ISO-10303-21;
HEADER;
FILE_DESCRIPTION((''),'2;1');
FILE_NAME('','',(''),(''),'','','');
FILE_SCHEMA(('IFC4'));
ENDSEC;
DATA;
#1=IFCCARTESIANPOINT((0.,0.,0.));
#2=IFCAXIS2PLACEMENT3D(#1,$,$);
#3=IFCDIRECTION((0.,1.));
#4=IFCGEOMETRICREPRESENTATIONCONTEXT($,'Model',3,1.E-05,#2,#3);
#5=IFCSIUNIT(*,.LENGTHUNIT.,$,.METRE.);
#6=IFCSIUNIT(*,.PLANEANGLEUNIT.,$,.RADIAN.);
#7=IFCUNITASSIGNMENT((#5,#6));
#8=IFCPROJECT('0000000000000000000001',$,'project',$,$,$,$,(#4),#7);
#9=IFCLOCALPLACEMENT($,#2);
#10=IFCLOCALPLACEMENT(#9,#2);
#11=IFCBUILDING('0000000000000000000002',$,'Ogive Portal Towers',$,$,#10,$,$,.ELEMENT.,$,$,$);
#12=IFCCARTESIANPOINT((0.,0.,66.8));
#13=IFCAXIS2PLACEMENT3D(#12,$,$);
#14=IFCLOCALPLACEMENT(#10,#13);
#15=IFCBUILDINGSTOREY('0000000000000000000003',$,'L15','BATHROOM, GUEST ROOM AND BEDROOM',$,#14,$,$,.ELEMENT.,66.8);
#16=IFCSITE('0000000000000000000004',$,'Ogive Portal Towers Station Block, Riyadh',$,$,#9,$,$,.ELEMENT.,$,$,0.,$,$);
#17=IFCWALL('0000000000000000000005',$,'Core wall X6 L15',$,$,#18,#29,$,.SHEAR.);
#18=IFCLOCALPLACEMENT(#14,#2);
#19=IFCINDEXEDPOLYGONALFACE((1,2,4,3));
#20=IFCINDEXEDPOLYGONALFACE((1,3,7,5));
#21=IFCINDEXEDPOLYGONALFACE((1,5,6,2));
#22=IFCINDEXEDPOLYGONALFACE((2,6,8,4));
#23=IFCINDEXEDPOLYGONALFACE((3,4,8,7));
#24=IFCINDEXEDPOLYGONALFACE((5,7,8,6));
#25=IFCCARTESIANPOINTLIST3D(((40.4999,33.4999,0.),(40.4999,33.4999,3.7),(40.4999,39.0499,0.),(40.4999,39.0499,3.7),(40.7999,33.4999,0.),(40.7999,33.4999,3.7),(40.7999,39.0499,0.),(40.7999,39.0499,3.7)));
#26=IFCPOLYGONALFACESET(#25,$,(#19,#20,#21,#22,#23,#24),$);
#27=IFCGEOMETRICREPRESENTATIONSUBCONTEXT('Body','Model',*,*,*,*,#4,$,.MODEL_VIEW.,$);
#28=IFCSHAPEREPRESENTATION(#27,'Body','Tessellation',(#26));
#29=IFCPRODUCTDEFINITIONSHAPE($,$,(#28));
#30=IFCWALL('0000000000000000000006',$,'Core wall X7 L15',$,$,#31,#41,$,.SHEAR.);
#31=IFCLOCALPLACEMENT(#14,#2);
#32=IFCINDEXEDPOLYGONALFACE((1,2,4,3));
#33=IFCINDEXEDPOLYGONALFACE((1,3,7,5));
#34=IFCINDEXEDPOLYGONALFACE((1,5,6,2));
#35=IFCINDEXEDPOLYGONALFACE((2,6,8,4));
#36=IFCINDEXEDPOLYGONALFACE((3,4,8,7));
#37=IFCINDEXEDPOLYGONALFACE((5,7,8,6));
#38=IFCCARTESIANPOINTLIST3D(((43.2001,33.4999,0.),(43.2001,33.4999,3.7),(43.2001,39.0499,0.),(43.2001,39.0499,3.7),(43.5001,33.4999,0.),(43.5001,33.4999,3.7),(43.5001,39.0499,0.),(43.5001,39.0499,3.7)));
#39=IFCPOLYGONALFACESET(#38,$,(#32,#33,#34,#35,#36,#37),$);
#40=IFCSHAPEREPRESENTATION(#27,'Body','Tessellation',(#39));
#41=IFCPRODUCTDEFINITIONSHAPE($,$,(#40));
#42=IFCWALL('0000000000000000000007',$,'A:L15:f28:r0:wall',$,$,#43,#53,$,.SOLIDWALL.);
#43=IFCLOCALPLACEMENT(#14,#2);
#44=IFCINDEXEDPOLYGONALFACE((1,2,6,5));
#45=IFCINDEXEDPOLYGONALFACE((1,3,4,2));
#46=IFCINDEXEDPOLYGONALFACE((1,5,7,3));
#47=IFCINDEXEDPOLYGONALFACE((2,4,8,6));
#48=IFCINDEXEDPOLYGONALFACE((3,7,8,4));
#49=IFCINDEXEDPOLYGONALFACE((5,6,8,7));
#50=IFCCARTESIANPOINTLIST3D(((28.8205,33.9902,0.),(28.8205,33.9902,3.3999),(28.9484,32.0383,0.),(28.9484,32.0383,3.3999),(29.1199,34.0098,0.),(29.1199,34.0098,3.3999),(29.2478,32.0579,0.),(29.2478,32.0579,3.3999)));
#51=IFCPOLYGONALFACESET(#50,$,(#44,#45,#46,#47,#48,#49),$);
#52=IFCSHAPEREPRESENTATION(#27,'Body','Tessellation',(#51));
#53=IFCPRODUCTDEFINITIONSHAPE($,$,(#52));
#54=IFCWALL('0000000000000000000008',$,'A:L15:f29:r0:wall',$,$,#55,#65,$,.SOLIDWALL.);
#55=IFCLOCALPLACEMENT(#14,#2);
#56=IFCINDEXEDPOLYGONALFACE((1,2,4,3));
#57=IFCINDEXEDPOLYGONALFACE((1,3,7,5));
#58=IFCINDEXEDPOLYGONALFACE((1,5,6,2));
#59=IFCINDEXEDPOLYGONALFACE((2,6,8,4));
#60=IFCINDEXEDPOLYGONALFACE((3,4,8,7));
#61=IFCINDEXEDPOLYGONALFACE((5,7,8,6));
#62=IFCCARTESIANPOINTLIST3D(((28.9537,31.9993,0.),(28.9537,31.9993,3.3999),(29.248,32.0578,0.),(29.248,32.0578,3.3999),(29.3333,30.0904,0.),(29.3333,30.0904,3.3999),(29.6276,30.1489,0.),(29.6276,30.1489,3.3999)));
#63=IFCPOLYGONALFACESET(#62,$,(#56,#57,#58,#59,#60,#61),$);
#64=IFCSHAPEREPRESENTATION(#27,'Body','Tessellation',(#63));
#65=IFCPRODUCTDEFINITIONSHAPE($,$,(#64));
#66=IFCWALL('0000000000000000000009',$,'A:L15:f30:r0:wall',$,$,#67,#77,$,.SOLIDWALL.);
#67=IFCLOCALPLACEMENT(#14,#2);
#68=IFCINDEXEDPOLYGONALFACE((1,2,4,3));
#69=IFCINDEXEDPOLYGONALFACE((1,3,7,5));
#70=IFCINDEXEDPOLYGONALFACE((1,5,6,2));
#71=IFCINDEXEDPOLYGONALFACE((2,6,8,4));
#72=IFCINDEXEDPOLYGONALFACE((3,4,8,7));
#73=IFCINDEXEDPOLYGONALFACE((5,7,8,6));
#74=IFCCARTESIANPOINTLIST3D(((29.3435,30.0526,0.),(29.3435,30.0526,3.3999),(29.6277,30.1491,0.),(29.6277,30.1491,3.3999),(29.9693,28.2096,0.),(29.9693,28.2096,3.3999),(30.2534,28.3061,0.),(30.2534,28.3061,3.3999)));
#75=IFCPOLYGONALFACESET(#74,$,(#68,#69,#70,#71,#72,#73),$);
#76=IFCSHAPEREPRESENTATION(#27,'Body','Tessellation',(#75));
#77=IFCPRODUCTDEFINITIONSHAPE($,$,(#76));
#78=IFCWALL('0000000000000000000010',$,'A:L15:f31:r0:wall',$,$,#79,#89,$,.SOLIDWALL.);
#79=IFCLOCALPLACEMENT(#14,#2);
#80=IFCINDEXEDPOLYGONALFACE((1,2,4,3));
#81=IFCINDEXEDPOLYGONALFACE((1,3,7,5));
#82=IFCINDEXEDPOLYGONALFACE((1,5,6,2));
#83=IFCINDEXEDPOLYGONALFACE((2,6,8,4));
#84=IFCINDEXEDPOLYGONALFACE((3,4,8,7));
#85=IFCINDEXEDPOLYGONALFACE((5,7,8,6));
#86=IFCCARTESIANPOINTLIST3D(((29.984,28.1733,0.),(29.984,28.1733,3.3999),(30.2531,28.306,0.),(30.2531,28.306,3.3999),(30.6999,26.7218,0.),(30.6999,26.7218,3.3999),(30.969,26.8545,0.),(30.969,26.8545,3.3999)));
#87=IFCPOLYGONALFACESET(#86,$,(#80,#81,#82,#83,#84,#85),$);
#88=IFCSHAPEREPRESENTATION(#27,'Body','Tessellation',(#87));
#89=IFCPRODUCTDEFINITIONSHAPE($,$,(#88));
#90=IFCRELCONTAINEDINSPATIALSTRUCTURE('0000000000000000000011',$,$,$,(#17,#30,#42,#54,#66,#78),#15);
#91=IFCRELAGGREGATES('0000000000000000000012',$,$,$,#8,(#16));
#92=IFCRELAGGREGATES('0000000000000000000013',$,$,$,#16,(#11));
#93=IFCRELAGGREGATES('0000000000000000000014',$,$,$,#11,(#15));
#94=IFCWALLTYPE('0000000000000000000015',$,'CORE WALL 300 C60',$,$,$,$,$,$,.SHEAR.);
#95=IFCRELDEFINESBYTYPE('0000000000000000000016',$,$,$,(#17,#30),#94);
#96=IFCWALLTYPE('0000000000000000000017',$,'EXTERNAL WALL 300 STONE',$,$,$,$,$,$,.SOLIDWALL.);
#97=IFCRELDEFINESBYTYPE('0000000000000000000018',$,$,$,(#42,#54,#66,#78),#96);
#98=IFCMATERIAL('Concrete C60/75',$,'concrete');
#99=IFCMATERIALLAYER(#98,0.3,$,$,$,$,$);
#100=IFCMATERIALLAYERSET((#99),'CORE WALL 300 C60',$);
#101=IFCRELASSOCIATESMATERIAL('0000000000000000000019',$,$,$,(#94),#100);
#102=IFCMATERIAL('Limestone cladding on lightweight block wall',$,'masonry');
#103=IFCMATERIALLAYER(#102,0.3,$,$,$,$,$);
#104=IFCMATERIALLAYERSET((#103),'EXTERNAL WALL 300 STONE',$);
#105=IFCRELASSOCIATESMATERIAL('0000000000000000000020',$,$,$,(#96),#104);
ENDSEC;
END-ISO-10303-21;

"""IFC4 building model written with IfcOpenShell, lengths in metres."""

from ifc_helpers import new_model, si_unit, direction, frame, frame_2d, origin, place, context, subcontext, project, spatial, rectangle, extrude, material, layer, layer_set, type_object, element, save


model = new_model("IFC4")

# Units and contexts
model_context = context("Model", 3, precision=1e-05, world=origin(), true_north=direction((0.0, 1.0)))
body_context = subcontext(model_context, "Body", "Model", "MODEL_VIEW")
ifc_project = project(units=[si_unit("LENGTHUNIT", "METRE"), si_unit("PLANEANGLEUNIT", "RADIAN")], contexts=[model_context])

# Site, building, storey
site_placement = place(None, origin())
site = spatial("IfcSite", under=ifc_project, at=site_placement, Name="Ogive Portal Towers Station Block, Riyadh", CompositionType="ELEMENT", RefElevation=0.0)
building_placement = place(site_placement, origin())
building = spatial("IfcBuilding", under=site, at=building_placement, Name="Ogive Portal Towers", CompositionType="ELEMENT")
storey_placement = place(building_placement, frame((0.0, 0.0, 66.8)))
storey = spatial("IfcBuildingStorey", under=building, at=storey_placement, Name="L15", Description="BATHROOM, GUEST ROOM AND BEDROOM", CompositionType="ELEMENT", Elevation=66.8)

# Shared definitions
ifc_material_1 = material(Name="Concrete C60/75", Category="concrete")
ifc_layer_1 = layer(ifc_material_1, 0.3)
ifc_layer_set_1 = layer_set([ifc_layer_1], Name="CORE WALL 300 C60")
wall_type_1 = type_object("IfcWallType", Name="CORE WALL 300 C60", PredefinedType="SHEAR", material=ifc_layer_set_1)

# Walls
for number, where, z_axis, x_axis, name in (
    (1, (40.6499, 33.5, 0.0), (0.0, 0.0, 1.0), (0.0, 1.0, 0.0), "Core wall X6 L15"),
    (2, (43.3501, 33.5, 0.0), (0.0, 0.0, 1.0), (0.0, 1.0, 0.0), "Core wall X7 L15"),
):
    element("IfcWall", number, at=place(storey_placement, frame(where, z_axis=z_axis, x_axis=x_axis)), inside=storey, type_object=wall_type_1, Name=name, PredefinedType="SHEAR", context=body_context, shape_type="SweptSolid", body=[
        extrude(rectangle(XDim=5.55, YDim=0.3, at=frame_2d((2.7749, 0.0))), origin(), (0.0, 0.0, 1.0), 3.7),
    ])

# Walls
ifc_material_2 = material(Name="Limestone cladding on lightweight block wall", Category="masonry")
ifc_layer_2 = layer(ifc_material_2, 0.3)
ifc_layer_set_2 = layer_set([ifc_layer_2], Name="EXTERNAL WALL 300 STONE")
wall_type_2 = type_object("IfcWallType", Name="EXTERNAL WALL 300 STONE", PredefinedType="SOLIDWALL", material=ifc_layer_set_2)
wall_1_placement = place(storey_placement, frame((28.9702, 34.0, 0.0), z_axis=(0.0, 0.0, 1.0), x_axis=(0.065401, -0.997859, 0.0)))
element("IfcWall", 3, at=wall_1_placement, inside=storey, type_object=wall_type_2, Name="A:L15:f28:r0:wall", PredefinedType="SOLIDWALL", context=body_context, shape_type="SweptSolid", body=[
    extrude(rectangle(XDim=1.9561, YDim=0.3, at=frame_2d((0.978, 0.0))), origin(), (0.0, 0.0, 1.0), 3.3999),
])
for number, where, z_axis, x_axis, name in (
    (4, (29.1008, 32.0286, 0.0), (0.0, 0.0, 1.0), (0.195055, -0.980792, 0.0), "A:L15:f29:r0:wall"),
    (5, (29.4856, 30.1008, 0.0), (0.0, 0.0, 1.0), (0.321491, -0.946913, 0.0), "A:L15:f30:r0:wall"),
):
    element("IfcWall", number, at=place(storey_placement, frame(where, z_axis=z_axis, x_axis=x_axis)), inside=storey, type_object=wall_type_2, Name=name, PredefinedType="SOLIDWALL", context=body_context, shape_type="SweptSolid", body=[
        extrude(rectangle(XDim=1.9463, YDim=0.3, at=frame_2d((0.9731, 0.0))), origin(), (0.0, 0.0, 1.0), 3.3999),
    ])
wall_2_placement = place(storey_placement, frame((30.1187, 28.2395, 0.0), z_axis=(0.0, 0.0, 1.0), x_axis=(0.442319, -0.896858, 0.0)))
element("IfcWall", 6, at=wall_2_placement, inside=storey, type_object=wall_type_2, Name="A:L15:f31:r0:wall", PredefinedType="SOLIDWALL", context=body_context, shape_type="SweptSolid", body=[
    extrude(rectangle(XDim=1.6184, YDim=0.3, at=frame_2d((0.8091, 0.0))), origin(), (0.0, 0.0, 1.0), 3.3999),
])

save(model, "model.ifc")
